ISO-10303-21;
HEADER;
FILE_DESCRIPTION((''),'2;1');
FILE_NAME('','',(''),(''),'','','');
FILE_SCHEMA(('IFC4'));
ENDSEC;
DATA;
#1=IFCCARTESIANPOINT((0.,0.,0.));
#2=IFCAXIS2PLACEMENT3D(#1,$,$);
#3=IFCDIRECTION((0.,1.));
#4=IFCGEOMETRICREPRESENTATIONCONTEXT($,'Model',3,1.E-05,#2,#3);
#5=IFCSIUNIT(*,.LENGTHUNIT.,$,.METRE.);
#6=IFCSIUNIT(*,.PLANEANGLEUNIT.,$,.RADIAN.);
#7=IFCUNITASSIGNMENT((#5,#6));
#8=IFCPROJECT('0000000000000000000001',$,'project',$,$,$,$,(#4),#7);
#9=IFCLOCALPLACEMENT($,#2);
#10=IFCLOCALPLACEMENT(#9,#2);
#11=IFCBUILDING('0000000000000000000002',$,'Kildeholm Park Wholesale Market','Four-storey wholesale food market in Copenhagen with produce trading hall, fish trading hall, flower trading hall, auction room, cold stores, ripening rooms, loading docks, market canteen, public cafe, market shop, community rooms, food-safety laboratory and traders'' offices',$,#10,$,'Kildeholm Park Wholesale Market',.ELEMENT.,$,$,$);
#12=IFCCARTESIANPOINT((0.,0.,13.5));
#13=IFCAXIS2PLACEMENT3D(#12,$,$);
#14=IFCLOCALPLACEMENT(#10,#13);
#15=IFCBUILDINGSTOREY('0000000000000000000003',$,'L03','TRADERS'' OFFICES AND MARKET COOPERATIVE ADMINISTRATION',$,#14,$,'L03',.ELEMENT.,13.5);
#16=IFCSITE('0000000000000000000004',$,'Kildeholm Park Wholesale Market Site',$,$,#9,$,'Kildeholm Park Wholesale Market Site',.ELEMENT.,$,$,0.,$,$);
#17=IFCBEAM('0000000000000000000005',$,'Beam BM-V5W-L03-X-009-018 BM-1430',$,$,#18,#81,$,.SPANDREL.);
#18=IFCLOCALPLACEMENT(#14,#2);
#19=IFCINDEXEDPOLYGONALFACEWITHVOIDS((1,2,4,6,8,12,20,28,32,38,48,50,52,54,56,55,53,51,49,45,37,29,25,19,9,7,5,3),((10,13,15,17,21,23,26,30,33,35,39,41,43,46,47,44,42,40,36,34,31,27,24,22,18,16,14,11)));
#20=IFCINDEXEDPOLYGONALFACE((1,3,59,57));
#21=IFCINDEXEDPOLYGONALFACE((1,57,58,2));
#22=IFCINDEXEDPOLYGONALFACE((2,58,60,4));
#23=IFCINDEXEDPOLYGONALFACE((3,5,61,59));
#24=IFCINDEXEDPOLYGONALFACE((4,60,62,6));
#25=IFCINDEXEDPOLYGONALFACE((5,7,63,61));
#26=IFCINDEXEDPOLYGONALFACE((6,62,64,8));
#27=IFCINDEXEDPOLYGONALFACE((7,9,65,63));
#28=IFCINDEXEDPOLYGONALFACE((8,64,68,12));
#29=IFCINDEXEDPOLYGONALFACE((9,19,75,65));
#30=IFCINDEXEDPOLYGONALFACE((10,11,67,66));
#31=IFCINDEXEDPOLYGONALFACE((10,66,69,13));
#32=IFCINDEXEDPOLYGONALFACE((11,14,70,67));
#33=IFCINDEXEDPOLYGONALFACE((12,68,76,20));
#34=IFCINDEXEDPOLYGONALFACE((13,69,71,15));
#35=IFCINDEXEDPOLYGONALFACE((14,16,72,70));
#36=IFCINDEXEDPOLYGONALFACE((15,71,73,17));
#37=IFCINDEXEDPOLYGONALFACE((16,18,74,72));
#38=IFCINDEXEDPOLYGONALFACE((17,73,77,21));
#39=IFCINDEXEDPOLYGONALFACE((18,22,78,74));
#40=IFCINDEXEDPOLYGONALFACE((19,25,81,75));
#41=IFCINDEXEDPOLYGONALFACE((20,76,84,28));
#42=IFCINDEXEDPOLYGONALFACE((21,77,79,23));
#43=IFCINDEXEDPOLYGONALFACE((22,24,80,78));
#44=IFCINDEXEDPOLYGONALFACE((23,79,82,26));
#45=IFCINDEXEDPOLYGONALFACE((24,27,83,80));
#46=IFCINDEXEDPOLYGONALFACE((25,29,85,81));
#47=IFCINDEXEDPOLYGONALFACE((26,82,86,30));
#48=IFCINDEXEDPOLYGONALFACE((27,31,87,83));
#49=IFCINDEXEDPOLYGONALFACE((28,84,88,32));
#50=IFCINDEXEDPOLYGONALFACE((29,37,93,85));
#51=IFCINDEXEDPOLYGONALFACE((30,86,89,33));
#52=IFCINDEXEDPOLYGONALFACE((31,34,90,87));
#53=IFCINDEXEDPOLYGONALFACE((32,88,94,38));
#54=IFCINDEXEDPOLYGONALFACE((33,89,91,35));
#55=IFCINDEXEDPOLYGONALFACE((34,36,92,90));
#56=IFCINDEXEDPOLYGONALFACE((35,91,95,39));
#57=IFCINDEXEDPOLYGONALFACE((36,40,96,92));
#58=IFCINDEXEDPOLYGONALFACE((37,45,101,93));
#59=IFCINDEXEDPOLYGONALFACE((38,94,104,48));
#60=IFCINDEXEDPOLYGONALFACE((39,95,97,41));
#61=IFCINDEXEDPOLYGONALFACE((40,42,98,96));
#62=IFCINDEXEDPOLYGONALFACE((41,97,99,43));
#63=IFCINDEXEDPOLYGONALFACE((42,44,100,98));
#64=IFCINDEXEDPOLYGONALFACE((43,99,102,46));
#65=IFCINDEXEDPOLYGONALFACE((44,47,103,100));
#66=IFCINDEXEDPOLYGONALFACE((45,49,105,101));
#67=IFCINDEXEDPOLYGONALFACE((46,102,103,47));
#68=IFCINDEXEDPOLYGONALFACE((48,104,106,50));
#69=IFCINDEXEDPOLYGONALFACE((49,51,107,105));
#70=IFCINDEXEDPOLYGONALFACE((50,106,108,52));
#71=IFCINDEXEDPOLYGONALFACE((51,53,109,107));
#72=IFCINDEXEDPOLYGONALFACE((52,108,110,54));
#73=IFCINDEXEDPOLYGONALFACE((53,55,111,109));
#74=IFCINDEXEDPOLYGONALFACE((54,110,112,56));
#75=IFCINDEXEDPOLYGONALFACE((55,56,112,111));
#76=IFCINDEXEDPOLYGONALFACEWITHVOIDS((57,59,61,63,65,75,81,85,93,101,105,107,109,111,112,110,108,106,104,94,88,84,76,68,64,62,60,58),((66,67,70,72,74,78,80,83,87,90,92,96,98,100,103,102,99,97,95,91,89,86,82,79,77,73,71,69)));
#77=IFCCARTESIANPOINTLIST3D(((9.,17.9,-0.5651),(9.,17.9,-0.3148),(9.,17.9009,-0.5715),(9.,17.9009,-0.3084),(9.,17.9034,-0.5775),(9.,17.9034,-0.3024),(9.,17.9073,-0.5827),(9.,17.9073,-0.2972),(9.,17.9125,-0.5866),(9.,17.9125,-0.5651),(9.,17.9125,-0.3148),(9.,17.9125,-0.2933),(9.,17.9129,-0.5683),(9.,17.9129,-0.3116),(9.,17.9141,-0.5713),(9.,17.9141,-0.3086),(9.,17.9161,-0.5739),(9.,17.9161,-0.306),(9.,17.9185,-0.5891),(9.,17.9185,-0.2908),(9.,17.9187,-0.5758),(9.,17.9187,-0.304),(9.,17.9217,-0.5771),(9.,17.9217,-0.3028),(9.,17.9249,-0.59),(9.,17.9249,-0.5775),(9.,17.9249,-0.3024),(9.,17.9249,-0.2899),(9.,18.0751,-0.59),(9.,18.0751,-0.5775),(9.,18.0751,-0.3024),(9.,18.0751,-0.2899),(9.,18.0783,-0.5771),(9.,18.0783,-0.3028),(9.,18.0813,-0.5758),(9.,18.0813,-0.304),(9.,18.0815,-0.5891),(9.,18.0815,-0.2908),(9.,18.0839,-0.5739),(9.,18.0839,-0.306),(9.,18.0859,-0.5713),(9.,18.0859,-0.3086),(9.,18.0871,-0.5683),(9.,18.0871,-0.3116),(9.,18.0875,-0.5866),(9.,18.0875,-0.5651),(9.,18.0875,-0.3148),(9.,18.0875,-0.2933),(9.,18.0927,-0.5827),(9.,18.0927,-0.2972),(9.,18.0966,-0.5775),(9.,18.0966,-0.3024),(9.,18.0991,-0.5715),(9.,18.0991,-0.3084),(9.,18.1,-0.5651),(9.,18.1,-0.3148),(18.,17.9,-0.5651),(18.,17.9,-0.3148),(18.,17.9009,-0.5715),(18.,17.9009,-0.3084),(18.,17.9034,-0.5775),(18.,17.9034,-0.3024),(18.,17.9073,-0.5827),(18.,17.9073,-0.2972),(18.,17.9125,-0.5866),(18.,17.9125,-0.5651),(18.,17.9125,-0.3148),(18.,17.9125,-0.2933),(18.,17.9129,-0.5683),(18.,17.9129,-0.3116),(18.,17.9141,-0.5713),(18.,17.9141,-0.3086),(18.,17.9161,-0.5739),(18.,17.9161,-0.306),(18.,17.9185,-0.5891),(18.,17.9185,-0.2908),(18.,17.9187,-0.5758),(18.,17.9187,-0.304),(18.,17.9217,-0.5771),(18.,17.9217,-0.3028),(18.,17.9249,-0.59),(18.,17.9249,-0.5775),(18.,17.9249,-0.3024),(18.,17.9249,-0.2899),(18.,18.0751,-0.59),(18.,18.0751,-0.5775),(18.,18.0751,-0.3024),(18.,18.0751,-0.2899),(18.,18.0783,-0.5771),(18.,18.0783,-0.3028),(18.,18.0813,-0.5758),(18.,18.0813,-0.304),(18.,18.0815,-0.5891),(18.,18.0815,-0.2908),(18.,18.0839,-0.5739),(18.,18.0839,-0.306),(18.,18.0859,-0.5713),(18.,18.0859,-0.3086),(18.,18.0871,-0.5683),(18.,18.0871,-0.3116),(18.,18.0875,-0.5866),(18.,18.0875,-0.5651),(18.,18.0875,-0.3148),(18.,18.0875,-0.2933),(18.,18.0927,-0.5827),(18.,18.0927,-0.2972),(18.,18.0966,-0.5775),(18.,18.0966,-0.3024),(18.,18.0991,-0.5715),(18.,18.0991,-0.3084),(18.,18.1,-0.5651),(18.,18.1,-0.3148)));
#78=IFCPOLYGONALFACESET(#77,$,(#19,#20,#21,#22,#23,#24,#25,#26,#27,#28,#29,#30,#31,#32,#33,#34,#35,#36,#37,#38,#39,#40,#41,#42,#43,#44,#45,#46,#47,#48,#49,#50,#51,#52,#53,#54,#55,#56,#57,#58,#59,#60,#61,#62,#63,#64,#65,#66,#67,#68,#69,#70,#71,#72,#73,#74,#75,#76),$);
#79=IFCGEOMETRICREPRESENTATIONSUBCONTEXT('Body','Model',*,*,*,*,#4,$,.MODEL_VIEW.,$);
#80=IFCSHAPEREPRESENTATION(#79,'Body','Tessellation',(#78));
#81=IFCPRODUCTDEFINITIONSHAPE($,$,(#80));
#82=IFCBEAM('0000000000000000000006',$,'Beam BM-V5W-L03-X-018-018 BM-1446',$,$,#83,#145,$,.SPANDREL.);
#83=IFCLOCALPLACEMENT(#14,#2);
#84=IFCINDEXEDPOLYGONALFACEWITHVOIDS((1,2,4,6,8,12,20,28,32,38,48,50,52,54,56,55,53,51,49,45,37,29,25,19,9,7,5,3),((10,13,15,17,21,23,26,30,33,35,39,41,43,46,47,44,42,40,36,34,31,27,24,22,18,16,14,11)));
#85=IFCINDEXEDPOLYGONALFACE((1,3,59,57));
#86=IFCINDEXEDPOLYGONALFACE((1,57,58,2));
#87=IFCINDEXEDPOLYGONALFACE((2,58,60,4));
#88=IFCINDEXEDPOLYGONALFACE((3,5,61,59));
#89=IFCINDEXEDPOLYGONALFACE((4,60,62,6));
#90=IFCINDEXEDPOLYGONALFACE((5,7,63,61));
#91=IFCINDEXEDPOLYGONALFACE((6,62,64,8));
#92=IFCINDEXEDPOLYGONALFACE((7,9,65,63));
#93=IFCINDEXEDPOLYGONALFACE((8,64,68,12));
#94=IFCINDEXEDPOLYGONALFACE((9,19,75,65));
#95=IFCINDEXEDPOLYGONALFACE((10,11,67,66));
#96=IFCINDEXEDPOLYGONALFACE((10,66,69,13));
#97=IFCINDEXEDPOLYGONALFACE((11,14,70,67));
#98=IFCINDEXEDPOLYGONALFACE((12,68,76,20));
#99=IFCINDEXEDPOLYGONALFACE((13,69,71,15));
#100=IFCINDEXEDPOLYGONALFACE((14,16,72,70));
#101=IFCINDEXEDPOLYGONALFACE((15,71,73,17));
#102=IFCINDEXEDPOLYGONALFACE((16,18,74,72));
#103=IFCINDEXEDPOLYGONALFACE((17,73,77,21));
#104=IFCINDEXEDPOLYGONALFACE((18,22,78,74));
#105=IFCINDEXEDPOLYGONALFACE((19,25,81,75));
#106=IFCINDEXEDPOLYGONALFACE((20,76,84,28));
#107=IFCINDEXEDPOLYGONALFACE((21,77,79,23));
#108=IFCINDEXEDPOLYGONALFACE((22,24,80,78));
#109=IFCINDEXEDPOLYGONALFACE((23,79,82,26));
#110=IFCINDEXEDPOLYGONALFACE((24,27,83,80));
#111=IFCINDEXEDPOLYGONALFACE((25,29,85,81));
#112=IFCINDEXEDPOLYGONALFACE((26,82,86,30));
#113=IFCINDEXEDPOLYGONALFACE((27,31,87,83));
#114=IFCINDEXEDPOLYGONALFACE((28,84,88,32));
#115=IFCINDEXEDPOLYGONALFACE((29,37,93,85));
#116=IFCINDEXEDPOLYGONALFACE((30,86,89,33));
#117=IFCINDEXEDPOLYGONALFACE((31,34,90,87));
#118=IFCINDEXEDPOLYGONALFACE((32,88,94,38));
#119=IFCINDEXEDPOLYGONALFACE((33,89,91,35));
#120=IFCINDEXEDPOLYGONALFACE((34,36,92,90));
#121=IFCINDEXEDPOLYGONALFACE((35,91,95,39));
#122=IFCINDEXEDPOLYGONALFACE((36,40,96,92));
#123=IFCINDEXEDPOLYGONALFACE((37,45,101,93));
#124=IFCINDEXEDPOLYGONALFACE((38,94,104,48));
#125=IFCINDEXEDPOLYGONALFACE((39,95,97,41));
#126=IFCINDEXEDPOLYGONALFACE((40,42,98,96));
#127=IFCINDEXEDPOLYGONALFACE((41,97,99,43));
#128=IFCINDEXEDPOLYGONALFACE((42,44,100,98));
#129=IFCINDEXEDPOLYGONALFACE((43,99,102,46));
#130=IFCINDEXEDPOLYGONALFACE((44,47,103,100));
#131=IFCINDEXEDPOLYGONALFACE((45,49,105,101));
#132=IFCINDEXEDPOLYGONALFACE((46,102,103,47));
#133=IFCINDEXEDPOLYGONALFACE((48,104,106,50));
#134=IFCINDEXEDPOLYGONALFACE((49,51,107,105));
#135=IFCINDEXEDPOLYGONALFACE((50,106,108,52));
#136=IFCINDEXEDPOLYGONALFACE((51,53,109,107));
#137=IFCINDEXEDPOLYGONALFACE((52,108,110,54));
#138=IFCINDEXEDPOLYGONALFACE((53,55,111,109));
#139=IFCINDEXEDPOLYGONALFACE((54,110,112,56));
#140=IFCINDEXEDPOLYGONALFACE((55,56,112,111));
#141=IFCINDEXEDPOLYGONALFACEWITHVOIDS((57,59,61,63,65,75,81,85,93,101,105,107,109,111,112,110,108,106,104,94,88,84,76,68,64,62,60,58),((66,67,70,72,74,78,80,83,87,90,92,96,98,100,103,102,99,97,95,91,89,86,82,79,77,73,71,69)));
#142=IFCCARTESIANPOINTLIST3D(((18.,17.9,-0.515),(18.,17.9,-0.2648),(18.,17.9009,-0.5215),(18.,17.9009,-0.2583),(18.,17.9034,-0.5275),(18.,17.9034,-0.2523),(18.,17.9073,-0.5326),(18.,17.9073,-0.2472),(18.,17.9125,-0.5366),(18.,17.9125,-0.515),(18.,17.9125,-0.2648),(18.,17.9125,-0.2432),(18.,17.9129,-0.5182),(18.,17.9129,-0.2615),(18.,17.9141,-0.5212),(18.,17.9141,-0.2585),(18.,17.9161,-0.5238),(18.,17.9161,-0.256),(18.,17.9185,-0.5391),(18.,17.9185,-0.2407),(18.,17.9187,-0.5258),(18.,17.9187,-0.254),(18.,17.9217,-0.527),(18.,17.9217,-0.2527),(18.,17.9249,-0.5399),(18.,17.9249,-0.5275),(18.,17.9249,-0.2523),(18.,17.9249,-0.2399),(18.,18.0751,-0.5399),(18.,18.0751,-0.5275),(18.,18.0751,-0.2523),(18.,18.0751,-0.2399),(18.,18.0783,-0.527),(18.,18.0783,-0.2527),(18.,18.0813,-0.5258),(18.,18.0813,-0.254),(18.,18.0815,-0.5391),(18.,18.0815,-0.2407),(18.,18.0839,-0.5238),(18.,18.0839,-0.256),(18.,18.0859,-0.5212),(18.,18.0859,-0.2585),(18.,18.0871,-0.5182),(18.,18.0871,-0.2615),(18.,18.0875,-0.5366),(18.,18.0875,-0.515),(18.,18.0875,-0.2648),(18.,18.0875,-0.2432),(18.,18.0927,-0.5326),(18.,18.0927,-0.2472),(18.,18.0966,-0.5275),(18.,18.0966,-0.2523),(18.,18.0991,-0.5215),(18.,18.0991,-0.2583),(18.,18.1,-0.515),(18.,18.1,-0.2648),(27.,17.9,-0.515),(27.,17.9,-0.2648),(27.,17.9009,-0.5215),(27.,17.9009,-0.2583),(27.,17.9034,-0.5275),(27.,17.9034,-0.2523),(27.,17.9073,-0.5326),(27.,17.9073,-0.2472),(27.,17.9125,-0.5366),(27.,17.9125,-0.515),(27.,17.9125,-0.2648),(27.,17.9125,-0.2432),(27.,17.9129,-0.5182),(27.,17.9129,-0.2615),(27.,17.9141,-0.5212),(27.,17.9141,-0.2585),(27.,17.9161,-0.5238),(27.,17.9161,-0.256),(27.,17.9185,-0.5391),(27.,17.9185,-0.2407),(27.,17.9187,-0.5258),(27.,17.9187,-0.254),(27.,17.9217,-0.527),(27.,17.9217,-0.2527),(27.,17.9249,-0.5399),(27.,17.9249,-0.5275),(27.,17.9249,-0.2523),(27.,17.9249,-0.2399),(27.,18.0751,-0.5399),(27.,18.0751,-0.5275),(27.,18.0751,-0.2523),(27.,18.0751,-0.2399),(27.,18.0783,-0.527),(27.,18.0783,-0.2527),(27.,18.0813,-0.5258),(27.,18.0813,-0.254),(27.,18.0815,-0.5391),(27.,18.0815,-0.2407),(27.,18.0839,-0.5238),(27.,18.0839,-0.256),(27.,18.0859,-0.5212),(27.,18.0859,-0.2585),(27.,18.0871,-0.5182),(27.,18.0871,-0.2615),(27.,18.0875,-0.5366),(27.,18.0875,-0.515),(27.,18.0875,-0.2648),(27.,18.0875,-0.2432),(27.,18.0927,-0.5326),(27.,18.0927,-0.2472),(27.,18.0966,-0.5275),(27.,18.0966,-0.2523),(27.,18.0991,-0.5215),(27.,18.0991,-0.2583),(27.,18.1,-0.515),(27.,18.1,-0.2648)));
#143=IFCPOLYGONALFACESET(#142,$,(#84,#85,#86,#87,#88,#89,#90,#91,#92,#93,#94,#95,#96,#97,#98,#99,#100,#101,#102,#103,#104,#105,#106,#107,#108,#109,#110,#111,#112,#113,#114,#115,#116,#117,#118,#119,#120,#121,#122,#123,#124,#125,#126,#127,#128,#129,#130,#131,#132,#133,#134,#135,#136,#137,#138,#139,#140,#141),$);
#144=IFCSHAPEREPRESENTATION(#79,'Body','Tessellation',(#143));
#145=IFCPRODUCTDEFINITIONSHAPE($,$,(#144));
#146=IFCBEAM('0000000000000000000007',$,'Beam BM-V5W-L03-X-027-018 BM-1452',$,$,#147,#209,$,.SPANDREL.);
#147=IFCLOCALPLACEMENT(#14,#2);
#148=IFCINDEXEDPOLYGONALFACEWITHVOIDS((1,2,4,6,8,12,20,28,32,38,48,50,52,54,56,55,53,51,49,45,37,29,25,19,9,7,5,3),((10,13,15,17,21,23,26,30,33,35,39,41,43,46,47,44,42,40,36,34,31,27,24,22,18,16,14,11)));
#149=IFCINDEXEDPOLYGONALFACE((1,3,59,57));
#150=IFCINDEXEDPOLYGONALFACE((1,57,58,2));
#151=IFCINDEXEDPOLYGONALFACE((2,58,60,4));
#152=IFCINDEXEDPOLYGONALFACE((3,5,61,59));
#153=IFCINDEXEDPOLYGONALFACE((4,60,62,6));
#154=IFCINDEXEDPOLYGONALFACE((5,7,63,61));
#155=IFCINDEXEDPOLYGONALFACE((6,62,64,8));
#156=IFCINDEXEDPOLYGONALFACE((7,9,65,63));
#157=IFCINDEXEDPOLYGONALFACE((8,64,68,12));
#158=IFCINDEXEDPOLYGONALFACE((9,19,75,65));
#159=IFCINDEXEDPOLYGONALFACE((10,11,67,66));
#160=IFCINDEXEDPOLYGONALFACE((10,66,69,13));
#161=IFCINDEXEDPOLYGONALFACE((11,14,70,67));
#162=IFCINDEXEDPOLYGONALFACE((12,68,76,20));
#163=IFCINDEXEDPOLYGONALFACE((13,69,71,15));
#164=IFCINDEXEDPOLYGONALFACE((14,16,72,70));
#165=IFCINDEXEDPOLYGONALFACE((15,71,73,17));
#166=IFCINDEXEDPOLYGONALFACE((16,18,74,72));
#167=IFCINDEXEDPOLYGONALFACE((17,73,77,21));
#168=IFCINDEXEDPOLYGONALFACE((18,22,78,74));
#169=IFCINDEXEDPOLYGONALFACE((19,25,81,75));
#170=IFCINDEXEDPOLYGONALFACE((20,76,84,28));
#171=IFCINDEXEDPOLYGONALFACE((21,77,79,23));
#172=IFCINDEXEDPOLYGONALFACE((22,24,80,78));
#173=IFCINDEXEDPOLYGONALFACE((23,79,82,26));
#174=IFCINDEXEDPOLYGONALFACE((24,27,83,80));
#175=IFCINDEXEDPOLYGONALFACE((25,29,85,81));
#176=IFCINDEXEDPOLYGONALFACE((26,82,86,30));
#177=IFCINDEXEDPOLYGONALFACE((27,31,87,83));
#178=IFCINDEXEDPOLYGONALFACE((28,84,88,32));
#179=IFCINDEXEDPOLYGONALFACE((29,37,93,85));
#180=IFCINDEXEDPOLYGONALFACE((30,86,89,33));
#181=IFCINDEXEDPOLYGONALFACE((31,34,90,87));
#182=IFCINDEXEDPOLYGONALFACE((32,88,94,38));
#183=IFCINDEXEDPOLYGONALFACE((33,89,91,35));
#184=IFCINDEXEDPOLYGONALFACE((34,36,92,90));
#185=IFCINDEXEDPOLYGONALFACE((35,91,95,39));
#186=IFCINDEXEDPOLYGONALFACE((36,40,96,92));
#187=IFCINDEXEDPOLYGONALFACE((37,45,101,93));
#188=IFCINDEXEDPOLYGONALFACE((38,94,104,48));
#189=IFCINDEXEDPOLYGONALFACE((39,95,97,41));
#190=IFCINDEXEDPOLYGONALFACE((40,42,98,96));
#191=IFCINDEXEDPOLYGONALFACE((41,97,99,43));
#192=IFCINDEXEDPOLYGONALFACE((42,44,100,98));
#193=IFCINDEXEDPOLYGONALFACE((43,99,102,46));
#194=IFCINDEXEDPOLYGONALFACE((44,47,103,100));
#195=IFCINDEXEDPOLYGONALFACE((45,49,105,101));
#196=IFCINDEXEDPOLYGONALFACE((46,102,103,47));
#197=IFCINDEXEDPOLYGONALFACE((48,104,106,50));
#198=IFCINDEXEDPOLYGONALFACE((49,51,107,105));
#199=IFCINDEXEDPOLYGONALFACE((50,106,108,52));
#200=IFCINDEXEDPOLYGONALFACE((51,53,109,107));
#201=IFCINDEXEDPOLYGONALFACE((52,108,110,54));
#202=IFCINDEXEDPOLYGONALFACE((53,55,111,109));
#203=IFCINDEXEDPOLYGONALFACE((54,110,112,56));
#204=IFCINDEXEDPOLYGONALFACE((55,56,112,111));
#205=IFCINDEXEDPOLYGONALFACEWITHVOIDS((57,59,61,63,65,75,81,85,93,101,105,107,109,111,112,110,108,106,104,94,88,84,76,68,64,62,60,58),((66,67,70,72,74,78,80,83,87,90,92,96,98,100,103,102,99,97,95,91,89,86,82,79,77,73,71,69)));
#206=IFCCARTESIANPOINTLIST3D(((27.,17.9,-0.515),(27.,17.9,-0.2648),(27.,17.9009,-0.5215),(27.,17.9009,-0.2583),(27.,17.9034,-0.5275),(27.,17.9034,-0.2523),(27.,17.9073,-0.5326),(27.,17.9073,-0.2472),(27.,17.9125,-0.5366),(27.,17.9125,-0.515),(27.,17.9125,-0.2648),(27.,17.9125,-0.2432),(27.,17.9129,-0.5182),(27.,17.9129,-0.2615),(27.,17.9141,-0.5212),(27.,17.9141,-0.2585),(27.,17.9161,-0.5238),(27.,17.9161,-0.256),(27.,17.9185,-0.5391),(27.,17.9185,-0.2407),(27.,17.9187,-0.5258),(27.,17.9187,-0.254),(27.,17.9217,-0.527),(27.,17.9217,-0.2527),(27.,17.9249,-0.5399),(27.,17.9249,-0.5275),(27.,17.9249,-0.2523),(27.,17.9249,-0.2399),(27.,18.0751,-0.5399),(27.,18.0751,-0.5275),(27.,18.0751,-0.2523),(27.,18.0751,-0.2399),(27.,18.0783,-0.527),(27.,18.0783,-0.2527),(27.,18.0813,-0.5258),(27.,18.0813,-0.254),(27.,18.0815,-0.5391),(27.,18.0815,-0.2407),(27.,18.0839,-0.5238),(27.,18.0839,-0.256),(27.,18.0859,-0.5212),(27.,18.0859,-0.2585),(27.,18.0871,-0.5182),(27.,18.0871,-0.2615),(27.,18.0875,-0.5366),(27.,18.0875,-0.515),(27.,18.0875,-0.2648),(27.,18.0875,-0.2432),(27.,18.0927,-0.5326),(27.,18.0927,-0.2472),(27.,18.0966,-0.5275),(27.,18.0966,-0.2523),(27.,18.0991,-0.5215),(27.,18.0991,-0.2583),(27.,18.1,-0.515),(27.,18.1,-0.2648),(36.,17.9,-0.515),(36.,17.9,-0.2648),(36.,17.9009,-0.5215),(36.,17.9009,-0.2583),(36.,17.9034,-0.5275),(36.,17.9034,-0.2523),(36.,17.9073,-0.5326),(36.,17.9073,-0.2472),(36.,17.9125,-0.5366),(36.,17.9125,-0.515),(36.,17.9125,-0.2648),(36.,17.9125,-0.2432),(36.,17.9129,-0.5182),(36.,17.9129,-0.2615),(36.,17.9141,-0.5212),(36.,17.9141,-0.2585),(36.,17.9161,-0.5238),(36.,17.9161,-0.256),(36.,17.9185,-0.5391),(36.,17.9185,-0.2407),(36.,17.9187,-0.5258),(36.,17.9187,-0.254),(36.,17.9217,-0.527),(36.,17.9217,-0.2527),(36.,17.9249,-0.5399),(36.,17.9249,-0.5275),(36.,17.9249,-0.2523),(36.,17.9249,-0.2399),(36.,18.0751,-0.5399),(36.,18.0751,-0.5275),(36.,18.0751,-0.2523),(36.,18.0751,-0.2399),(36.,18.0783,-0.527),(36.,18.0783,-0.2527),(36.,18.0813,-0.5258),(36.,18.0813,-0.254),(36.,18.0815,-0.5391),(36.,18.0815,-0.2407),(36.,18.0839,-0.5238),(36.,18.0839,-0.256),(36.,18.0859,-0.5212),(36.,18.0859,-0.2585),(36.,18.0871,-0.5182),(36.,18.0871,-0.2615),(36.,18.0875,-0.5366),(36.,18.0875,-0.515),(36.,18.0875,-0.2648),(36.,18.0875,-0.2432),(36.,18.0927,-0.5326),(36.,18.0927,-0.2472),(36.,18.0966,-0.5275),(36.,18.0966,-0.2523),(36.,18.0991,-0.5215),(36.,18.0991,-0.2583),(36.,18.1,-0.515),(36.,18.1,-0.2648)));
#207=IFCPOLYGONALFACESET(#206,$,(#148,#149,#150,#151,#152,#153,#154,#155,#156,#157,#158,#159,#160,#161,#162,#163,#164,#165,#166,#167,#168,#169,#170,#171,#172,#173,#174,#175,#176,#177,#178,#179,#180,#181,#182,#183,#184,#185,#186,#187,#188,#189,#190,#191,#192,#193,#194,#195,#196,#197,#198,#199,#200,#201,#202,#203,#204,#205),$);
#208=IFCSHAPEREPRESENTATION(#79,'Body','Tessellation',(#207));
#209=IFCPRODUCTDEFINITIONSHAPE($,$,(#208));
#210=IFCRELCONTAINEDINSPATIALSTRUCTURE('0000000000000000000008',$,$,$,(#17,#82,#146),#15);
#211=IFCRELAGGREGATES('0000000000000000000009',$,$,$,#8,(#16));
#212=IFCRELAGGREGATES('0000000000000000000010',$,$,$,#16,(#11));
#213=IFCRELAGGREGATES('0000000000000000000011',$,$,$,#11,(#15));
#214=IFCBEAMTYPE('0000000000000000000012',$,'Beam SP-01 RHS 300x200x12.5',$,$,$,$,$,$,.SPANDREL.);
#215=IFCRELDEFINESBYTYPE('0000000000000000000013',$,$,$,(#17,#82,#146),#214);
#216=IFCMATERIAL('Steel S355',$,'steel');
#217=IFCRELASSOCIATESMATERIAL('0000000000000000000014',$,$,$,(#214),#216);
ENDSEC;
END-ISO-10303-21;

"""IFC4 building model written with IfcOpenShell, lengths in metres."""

from ifc_helpers import new_model, si_unit, direction, frame, origin, origin_2d, place, context, subcontext, project, spatial, hollow_rectangle, extrude, material, material_profile, profile_set, type_object, element, save


model = new_model("IFC4")

# Units and contexts
model_context = context("Model", 3, precision=1e-05, world=origin(), true_north=direction((0.0, 1.0)))
body_context = subcontext(model_context, "Body", "Model", "MODEL_VIEW")
ifc_project = project(units=[si_unit("LENGTHUNIT", "METRE"), si_unit("PLANEANGLEUNIT", "RADIAN")], contexts=[model_context])

# Site, building, storey
site_placement = place(None, origin())
site = spatial("IfcSite", under=ifc_project, at=site_placement, Name="Kildeholm Park Wholesale Market Site", LongName="Kildeholm Park Wholesale Market Site", CompositionType="ELEMENT", RefElevation=0.0)
building_placement = place(site_placement, origin())
building = spatial("IfcBuilding", under=site, at=building_placement, Name="Kildeholm Park Wholesale Market", Description="Four-storey wholesale food market in Copenhagen with produce trading hall, fish trading hall, flower trading hall, auction room, cold stores, ripening rooms, loading docks, market canteen, public cafe, market shop, community rooms, food-safety laboratory and traders' offices", LongName="Kildeholm Park Wholesale Market", CompositionType="ELEMENT")
storey_placement = place(building_placement, frame((0.0, 0.0, 13.5)))
storey = spatial("IfcBuildingStorey", under=building, at=storey_placement, Name="L03", Description="TRADERS' OFFICES AND MARKET COOPERATIVE ADMINISTRATION", LongName="L03", CompositionType="ELEMENT", Elevation=13.5)

# Shared definitions
ifc_material_1 = material(Name="Steel S355", Category="steel")

# Beams
ifc_material_profile_1 = material_profile(ifc_material_1, hollow_rectangle(XDim=0.2, YDim=0.3, WallThickness=0.0125, InnerFilletRadius=0.0125, OuterFilletRadius=0.0249, at=origin_2d()), Name="RHS 300x200x12.5")
ifc_profile_set_1 = profile_set([ifc_material_profile_1], Name="Steel S355")
beam_type = type_object("IfcBeamType", Name="Beam SP-01 RHS 300x200x12.5", PredefinedType="SPANDREL", material=ifc_profile_set_1)
for number, where, z_axis, x_axis, name in (
    (1, (9.0, 18.0, -0.4399), (1.0, 0.0, 0.0), (0.0, 1.0, 0.0), "Beam BM-V5W-L03-X-009-018 BM-1430"),
    (2, (18.0, 18.0, -0.3899), (1.0, 0.0, 0.0), (0.0, 1.0, 0.0), "Beam BM-V5W-L03-X-018-018 BM-1446"),
    (3, (27.0, 18.0, -0.3899), (1.0, 0.0, 0.0), (0.0, 1.0, 0.0), "Beam BM-V5W-L03-X-027-018 BM-1452"),
):
    element("IfcBeam", number, at=place(storey_placement, frame(where, z_axis=z_axis, x_axis=x_axis)), inside=storey, type_object=beam_type, Name=name, PredefinedType="SPANDREL", context=body_context, shape_type="SweptSolid", body=[
        extrude(hollow_rectangle(XDim=0.2, YDim=0.3, WallThickness=0.0125, InnerFilletRadius=0.0125, OuterFilletRadius=0.0249, at=origin_2d()), origin(), (0.0, 0.0, 1.0), 9.0),
    ])

save(model, "model.ifc")
